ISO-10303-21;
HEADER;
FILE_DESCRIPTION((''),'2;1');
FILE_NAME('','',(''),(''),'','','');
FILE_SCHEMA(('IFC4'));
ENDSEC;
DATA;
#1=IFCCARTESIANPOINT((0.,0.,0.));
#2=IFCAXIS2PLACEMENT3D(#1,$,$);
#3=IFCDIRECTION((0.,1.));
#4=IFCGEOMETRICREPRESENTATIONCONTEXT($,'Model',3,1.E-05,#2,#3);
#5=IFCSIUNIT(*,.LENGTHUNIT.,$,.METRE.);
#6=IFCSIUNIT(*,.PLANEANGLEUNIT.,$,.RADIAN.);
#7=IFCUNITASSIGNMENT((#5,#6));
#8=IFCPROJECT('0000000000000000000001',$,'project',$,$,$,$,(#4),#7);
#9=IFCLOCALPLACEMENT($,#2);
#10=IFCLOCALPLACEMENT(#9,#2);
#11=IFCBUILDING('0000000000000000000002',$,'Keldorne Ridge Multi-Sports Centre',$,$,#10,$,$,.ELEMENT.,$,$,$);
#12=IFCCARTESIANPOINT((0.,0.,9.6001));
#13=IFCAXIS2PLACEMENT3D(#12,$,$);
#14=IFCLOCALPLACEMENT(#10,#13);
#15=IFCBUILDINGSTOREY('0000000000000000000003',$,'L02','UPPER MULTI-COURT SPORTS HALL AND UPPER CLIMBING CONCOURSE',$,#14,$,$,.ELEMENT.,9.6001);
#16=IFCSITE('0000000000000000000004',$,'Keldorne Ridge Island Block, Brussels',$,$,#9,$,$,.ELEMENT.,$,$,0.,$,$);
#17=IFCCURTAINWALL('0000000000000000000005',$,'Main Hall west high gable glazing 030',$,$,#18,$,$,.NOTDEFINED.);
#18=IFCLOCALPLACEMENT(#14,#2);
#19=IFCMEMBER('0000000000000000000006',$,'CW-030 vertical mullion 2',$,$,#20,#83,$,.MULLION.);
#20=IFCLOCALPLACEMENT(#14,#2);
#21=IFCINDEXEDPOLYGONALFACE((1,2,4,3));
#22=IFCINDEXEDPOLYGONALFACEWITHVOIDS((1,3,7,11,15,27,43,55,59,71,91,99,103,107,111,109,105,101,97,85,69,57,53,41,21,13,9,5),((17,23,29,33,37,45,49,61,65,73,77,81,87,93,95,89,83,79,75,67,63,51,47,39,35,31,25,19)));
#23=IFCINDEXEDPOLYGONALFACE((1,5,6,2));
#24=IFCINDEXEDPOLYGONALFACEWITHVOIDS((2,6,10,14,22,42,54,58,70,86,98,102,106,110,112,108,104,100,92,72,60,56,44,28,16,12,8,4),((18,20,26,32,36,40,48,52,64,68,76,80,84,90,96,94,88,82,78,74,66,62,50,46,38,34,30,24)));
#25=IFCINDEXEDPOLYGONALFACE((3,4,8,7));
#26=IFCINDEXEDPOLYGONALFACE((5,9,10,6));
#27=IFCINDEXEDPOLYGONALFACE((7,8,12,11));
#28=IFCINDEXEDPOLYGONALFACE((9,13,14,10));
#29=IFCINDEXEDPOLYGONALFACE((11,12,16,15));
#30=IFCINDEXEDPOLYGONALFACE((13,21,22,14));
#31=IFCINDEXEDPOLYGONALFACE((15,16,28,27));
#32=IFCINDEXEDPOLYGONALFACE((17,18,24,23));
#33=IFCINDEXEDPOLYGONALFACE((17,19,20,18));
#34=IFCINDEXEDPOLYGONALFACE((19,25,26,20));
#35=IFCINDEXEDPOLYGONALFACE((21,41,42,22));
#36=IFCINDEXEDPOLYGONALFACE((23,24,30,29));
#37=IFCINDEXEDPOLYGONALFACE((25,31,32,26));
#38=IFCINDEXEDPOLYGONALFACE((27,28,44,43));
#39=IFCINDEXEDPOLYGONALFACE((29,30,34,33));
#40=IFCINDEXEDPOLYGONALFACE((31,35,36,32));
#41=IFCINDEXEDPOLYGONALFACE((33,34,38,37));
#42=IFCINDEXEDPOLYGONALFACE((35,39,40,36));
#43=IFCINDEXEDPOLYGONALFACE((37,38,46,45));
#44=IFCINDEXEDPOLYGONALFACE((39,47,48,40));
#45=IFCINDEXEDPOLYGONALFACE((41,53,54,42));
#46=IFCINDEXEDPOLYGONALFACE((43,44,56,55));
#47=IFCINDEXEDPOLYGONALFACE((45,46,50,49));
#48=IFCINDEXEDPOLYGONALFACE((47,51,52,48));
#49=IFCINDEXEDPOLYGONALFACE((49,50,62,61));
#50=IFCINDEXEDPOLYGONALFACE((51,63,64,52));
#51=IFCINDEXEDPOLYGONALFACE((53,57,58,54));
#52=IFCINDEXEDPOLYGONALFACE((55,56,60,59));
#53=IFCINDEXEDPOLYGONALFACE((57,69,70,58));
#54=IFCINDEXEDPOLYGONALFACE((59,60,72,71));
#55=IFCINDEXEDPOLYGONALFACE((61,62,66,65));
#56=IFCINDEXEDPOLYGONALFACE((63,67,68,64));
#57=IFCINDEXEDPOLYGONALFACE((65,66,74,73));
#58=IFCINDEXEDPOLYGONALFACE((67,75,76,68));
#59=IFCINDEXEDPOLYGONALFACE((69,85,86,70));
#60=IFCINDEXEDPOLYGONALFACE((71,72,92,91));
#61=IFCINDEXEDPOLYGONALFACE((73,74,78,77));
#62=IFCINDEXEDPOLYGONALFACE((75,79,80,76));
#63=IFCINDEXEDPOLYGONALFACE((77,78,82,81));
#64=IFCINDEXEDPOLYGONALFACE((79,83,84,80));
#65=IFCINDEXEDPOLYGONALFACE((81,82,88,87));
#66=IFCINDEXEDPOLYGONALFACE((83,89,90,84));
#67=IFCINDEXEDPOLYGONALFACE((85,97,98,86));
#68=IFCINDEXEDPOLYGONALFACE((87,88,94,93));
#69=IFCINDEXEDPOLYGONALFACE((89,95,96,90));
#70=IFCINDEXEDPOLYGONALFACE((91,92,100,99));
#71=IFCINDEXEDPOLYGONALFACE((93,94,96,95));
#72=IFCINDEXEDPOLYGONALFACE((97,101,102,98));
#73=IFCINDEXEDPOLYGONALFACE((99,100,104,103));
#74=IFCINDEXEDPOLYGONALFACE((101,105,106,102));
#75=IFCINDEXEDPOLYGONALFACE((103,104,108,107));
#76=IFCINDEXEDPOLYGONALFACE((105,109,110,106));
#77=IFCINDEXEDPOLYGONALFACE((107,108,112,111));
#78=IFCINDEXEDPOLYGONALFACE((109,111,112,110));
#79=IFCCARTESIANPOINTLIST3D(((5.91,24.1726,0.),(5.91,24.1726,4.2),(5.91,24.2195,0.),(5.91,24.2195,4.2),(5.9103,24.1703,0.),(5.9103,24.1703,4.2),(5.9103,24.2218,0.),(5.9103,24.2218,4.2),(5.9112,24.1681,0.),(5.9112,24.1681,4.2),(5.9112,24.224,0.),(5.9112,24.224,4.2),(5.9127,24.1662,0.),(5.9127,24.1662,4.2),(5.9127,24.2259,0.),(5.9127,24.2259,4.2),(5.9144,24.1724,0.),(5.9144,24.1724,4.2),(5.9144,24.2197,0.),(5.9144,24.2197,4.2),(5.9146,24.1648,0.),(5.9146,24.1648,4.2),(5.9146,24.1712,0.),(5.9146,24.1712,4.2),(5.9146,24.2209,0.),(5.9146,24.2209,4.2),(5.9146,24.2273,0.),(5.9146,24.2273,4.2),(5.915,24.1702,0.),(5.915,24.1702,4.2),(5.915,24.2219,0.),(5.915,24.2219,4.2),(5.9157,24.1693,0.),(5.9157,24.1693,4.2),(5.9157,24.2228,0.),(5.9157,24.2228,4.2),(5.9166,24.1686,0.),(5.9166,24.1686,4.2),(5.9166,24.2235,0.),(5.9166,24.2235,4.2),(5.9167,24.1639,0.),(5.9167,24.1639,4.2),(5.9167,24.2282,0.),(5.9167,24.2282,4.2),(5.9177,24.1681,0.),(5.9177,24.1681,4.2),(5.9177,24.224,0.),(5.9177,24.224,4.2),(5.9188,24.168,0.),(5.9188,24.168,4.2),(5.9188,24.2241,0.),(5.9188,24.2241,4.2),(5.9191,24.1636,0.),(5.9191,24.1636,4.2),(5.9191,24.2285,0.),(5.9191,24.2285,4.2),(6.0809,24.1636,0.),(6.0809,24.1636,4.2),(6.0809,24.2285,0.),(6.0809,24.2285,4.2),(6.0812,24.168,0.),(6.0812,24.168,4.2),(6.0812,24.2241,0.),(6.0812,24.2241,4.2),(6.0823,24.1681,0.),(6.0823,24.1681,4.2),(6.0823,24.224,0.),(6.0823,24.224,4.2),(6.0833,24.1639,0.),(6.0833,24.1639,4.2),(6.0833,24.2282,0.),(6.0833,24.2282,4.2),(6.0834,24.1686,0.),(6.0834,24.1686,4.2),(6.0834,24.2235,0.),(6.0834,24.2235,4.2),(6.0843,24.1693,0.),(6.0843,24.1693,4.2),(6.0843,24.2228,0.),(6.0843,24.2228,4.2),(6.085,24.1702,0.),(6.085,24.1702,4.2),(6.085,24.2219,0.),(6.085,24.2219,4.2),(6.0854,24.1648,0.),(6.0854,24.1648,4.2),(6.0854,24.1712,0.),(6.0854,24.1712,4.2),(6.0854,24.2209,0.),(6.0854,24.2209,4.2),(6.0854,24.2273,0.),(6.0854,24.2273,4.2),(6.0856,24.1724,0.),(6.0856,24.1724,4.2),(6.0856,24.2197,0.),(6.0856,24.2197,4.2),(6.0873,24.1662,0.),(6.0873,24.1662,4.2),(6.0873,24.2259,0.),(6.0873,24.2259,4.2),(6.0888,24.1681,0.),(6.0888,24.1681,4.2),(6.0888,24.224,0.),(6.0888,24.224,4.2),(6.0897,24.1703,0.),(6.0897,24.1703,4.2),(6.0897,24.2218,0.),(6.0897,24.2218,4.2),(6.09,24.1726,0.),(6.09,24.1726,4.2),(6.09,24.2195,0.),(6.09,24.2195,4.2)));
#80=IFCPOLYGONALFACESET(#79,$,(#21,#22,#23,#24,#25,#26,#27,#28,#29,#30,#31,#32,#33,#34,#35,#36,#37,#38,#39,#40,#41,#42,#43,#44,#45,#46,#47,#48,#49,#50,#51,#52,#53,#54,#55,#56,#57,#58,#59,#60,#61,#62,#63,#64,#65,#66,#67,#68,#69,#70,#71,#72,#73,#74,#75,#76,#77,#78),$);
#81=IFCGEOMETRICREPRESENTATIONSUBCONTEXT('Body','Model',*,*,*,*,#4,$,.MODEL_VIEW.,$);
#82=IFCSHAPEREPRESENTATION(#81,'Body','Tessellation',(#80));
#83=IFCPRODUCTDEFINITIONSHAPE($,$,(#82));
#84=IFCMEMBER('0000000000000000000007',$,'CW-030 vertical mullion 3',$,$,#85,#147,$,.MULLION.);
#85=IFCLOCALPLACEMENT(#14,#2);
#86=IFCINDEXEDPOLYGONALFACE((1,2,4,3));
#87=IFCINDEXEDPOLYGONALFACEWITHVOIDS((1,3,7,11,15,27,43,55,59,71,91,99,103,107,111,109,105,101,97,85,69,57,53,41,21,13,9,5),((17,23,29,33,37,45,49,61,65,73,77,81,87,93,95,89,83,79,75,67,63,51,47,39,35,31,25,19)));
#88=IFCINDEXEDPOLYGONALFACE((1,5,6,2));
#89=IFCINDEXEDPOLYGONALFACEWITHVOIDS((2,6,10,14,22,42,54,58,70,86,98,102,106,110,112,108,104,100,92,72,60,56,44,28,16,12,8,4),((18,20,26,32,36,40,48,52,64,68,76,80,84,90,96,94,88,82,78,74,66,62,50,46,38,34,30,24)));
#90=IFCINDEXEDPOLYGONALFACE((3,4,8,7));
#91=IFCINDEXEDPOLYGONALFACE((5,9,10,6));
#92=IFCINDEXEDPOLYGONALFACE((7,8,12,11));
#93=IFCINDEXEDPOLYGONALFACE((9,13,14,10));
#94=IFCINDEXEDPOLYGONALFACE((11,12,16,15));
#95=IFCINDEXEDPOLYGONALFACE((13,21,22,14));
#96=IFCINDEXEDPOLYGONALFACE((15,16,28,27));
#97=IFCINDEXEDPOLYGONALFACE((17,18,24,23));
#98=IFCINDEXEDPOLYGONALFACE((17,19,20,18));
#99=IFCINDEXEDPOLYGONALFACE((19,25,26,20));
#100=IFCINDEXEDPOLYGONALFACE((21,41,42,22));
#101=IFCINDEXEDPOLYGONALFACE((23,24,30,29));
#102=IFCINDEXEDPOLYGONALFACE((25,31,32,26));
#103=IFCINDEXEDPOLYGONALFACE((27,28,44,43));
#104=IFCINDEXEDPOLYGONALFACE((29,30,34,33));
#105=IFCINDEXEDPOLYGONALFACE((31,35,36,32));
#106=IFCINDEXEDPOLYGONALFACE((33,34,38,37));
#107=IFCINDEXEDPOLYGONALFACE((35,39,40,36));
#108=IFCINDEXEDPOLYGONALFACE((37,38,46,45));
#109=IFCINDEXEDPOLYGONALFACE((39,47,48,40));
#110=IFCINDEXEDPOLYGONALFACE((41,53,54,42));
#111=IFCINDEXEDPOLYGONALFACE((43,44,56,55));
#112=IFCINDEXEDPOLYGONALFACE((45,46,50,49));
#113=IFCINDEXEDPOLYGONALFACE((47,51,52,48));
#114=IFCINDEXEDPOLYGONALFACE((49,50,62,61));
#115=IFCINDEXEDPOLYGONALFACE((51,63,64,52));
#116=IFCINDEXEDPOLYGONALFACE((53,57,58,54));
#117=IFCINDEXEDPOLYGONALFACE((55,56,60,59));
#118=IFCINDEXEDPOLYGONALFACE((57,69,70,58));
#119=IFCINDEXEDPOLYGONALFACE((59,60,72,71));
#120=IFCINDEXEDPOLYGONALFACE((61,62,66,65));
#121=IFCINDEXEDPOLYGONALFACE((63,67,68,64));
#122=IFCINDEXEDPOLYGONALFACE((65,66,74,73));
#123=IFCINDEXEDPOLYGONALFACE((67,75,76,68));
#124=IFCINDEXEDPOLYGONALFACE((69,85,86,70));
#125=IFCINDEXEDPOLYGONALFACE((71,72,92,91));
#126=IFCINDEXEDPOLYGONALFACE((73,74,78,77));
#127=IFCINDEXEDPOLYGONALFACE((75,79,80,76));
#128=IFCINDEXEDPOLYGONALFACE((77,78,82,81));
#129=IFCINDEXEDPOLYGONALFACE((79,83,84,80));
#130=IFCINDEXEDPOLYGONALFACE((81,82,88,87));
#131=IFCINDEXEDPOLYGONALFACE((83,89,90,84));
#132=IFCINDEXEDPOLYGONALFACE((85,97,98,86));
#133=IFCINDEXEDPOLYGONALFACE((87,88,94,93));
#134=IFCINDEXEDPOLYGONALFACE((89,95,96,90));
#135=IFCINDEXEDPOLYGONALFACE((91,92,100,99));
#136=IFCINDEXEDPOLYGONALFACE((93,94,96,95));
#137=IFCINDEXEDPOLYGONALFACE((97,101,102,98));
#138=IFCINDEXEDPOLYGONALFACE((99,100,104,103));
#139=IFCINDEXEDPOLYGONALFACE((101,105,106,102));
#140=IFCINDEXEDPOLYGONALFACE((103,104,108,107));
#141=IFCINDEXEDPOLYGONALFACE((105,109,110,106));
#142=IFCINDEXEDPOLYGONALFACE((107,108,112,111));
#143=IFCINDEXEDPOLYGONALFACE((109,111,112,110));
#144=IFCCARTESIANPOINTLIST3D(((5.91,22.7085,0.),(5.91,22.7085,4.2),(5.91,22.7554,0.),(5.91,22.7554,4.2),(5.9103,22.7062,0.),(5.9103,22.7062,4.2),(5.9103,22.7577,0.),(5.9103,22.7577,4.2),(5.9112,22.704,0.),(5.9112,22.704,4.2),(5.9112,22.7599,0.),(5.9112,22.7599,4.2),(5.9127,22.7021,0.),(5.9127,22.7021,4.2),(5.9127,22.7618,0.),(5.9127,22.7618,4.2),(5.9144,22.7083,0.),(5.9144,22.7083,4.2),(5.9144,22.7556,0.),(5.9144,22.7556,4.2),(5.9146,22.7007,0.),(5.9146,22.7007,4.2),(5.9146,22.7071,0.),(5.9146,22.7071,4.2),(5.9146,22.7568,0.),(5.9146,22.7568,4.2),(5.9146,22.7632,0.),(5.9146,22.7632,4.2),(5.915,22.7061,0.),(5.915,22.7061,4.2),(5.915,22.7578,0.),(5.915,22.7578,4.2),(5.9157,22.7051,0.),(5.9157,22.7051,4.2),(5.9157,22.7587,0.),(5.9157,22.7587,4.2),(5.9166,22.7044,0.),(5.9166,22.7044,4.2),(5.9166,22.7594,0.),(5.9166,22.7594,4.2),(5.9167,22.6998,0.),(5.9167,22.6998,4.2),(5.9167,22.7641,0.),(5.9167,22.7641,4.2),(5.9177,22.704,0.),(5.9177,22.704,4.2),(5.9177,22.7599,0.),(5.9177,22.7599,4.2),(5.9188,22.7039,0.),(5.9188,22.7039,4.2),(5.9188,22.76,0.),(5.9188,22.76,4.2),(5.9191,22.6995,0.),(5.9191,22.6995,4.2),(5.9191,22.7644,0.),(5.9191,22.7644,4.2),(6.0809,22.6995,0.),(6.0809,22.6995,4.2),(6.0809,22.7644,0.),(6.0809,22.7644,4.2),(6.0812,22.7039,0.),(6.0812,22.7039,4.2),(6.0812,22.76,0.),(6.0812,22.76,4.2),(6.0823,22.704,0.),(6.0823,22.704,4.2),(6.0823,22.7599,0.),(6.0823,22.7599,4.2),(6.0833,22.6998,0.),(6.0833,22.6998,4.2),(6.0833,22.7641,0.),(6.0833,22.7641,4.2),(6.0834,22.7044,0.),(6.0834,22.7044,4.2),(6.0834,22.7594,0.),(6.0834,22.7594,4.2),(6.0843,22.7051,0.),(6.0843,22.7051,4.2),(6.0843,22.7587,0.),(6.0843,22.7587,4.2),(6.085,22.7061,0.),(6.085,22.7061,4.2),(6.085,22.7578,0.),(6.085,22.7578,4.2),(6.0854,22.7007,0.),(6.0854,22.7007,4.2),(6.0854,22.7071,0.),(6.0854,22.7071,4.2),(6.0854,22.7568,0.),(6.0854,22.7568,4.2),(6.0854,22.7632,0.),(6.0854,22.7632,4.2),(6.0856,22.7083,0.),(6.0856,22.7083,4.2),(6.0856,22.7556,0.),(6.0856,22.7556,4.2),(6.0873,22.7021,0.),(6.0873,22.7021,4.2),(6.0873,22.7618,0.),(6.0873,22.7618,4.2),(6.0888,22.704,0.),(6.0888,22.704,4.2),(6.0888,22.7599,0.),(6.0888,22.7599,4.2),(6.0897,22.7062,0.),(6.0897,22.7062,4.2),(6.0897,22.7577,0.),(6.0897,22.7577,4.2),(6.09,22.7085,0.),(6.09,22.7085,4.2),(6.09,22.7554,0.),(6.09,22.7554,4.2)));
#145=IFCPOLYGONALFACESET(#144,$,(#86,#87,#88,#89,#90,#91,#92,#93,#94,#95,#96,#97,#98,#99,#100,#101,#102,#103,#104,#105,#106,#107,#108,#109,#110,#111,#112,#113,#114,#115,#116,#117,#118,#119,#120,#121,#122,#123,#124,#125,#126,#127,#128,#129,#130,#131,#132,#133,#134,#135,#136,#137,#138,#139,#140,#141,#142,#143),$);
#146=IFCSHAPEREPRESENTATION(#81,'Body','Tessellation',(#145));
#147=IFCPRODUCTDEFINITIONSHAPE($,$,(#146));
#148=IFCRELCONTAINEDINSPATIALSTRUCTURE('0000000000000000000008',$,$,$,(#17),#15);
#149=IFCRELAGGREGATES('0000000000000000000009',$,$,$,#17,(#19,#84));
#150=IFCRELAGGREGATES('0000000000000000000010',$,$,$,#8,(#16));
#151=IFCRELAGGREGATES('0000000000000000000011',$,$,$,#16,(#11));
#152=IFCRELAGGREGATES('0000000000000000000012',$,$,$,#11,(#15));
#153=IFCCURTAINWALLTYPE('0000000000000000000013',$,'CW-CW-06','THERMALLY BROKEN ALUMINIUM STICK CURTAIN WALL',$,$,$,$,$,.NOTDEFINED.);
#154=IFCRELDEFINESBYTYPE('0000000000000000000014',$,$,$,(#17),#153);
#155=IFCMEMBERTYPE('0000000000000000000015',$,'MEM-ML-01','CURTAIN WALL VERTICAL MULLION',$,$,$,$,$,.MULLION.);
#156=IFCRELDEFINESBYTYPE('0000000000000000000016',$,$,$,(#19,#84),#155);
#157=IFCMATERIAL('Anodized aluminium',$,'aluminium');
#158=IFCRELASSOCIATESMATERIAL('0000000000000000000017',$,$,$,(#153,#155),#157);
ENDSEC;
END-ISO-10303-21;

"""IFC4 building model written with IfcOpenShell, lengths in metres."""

from ifc_helpers import new_model, si_unit, direction, frame, origin, origin_2d, place, context, subcontext, project, spatial, hollow_rectangle, extrude, material, material_profile, profile_set, type_object, element, aggregate, save


model = new_model("IFC4")

# Units and contexts
model_context = context("Model", 3, precision=1e-05, world=origin(), true_north=direction((0.0, 1.0)))
body_context = subcontext(model_context, "Body", "Model", "MODEL_VIEW")
ifc_project = project(units=[si_unit("LENGTHUNIT", "METRE"), si_unit("PLANEANGLEUNIT", "RADIAN")], contexts=[model_context])

# Site, building, storey
site_placement = place(None, origin())
site = spatial("IfcSite", under=ifc_project, at=site_placement, Name="Keldorne Ridge Island Block, Brussels", CompositionType="ELEMENT", RefElevation=0.0)
building_placement = place(site_placement, origin())
building = spatial("IfcBuilding", under=site, at=building_placement, Name="Keldorne Ridge Multi-Sports Centre", CompositionType="ELEMENT")
storey_placement = place(building_placement, frame((0.0, 0.0, 9.6001)))
storey = spatial("IfcBuildingStorey", under=building, at=storey_placement, Name="L02", Description="UPPER MULTI-COURT SPORTS HALL AND UPPER CLIMBING CONCOURSE", CompositionType="ELEMENT", Elevation=9.6001)

# Curtain wall, members
ifc_material_1 = material(Name="Anodized aluminium", Category="aluminium")
curtain_wall_type_1 = type_object("IfcCurtainWallType", Name="CW-CW-06", Description="THERMALLY BROKEN ALUMINIUM STICK CURTAIN WALL", PredefinedType="NOTDEFINED", material=ifc_material_1)
curtain_wall_1_placement = place(storey_placement, origin())
curtain_wall_1 = element("IfcCurtainWall", 1, at=curtain_wall_1_placement, inside=storey, type_object=curtain_wall_type_1, Name="Main Hall west high gable glazing 030", PredefinedType="NOTDEFINED")
ifc_material_profile_1 = material_profile(ifc_material_1, hollow_rectangle(XDim=0.0649, YDim=0.1799, WallThickness=0.0044, InnerFilletRadius=0.0044, OuterFilletRadius=0.009, at=origin_2d()), Name="ALU MULLION 180x65x4.5")
ifc_profile_set_1 = profile_set([ifc_material_profile_1], Name="Anodized aluminium")
member_type_1 = type_object("IfcMemberType", Name="MEM-ML-01", Description="CURTAIN WALL VERTICAL MULLION", PredefinedType="MULLION", material=ifc_profile_set_1)
member_1_placement = place(storey_placement, frame((6.0, 24.196, 0.0), z_axis=(0.0, 0.0, 1.0), x_axis=(0.0, 1.0, 0.0)))
member_1 = element("IfcMember", 2, at=member_1_placement, type_object=member_type_1, Name="CW-030 vertical mullion 2", PredefinedType="MULLION", context=body_context, shape_type="SweptSolid", body=[
    extrude(hollow_rectangle(XDim=0.0649, YDim=0.1799, WallThickness=0.0044, InnerFilletRadius=0.0044, OuterFilletRadius=0.009, at=origin_2d()), origin(), (0.0, 0.0, 1.0), 4.2),
])
member_2_placement = place(storey_placement, frame((6.0, 22.7319, 0.0), z_axis=(0.0, 0.0, 1.0), x_axis=(0.0, 1.0, 0.0)))
member_2 = element("IfcMember", 3, at=member_2_placement, type_object=member_type_1, Name="CW-030 vertical mullion 3", PredefinedType="MULLION", context=body_context, shape_type="SweptSolid", body=[
    extrude(hollow_rectangle(XDim=0.0649, YDim=0.1799, WallThickness=0.0044, InnerFilletRadius=0.0044, OuterFilletRadius=0.009, at=origin_2d()), origin(), (0.0, 0.0, 1.0), 4.2),
])

aggregate(curtain_wall_1, [member_1, member_2])

save(model, "model.ifc")
